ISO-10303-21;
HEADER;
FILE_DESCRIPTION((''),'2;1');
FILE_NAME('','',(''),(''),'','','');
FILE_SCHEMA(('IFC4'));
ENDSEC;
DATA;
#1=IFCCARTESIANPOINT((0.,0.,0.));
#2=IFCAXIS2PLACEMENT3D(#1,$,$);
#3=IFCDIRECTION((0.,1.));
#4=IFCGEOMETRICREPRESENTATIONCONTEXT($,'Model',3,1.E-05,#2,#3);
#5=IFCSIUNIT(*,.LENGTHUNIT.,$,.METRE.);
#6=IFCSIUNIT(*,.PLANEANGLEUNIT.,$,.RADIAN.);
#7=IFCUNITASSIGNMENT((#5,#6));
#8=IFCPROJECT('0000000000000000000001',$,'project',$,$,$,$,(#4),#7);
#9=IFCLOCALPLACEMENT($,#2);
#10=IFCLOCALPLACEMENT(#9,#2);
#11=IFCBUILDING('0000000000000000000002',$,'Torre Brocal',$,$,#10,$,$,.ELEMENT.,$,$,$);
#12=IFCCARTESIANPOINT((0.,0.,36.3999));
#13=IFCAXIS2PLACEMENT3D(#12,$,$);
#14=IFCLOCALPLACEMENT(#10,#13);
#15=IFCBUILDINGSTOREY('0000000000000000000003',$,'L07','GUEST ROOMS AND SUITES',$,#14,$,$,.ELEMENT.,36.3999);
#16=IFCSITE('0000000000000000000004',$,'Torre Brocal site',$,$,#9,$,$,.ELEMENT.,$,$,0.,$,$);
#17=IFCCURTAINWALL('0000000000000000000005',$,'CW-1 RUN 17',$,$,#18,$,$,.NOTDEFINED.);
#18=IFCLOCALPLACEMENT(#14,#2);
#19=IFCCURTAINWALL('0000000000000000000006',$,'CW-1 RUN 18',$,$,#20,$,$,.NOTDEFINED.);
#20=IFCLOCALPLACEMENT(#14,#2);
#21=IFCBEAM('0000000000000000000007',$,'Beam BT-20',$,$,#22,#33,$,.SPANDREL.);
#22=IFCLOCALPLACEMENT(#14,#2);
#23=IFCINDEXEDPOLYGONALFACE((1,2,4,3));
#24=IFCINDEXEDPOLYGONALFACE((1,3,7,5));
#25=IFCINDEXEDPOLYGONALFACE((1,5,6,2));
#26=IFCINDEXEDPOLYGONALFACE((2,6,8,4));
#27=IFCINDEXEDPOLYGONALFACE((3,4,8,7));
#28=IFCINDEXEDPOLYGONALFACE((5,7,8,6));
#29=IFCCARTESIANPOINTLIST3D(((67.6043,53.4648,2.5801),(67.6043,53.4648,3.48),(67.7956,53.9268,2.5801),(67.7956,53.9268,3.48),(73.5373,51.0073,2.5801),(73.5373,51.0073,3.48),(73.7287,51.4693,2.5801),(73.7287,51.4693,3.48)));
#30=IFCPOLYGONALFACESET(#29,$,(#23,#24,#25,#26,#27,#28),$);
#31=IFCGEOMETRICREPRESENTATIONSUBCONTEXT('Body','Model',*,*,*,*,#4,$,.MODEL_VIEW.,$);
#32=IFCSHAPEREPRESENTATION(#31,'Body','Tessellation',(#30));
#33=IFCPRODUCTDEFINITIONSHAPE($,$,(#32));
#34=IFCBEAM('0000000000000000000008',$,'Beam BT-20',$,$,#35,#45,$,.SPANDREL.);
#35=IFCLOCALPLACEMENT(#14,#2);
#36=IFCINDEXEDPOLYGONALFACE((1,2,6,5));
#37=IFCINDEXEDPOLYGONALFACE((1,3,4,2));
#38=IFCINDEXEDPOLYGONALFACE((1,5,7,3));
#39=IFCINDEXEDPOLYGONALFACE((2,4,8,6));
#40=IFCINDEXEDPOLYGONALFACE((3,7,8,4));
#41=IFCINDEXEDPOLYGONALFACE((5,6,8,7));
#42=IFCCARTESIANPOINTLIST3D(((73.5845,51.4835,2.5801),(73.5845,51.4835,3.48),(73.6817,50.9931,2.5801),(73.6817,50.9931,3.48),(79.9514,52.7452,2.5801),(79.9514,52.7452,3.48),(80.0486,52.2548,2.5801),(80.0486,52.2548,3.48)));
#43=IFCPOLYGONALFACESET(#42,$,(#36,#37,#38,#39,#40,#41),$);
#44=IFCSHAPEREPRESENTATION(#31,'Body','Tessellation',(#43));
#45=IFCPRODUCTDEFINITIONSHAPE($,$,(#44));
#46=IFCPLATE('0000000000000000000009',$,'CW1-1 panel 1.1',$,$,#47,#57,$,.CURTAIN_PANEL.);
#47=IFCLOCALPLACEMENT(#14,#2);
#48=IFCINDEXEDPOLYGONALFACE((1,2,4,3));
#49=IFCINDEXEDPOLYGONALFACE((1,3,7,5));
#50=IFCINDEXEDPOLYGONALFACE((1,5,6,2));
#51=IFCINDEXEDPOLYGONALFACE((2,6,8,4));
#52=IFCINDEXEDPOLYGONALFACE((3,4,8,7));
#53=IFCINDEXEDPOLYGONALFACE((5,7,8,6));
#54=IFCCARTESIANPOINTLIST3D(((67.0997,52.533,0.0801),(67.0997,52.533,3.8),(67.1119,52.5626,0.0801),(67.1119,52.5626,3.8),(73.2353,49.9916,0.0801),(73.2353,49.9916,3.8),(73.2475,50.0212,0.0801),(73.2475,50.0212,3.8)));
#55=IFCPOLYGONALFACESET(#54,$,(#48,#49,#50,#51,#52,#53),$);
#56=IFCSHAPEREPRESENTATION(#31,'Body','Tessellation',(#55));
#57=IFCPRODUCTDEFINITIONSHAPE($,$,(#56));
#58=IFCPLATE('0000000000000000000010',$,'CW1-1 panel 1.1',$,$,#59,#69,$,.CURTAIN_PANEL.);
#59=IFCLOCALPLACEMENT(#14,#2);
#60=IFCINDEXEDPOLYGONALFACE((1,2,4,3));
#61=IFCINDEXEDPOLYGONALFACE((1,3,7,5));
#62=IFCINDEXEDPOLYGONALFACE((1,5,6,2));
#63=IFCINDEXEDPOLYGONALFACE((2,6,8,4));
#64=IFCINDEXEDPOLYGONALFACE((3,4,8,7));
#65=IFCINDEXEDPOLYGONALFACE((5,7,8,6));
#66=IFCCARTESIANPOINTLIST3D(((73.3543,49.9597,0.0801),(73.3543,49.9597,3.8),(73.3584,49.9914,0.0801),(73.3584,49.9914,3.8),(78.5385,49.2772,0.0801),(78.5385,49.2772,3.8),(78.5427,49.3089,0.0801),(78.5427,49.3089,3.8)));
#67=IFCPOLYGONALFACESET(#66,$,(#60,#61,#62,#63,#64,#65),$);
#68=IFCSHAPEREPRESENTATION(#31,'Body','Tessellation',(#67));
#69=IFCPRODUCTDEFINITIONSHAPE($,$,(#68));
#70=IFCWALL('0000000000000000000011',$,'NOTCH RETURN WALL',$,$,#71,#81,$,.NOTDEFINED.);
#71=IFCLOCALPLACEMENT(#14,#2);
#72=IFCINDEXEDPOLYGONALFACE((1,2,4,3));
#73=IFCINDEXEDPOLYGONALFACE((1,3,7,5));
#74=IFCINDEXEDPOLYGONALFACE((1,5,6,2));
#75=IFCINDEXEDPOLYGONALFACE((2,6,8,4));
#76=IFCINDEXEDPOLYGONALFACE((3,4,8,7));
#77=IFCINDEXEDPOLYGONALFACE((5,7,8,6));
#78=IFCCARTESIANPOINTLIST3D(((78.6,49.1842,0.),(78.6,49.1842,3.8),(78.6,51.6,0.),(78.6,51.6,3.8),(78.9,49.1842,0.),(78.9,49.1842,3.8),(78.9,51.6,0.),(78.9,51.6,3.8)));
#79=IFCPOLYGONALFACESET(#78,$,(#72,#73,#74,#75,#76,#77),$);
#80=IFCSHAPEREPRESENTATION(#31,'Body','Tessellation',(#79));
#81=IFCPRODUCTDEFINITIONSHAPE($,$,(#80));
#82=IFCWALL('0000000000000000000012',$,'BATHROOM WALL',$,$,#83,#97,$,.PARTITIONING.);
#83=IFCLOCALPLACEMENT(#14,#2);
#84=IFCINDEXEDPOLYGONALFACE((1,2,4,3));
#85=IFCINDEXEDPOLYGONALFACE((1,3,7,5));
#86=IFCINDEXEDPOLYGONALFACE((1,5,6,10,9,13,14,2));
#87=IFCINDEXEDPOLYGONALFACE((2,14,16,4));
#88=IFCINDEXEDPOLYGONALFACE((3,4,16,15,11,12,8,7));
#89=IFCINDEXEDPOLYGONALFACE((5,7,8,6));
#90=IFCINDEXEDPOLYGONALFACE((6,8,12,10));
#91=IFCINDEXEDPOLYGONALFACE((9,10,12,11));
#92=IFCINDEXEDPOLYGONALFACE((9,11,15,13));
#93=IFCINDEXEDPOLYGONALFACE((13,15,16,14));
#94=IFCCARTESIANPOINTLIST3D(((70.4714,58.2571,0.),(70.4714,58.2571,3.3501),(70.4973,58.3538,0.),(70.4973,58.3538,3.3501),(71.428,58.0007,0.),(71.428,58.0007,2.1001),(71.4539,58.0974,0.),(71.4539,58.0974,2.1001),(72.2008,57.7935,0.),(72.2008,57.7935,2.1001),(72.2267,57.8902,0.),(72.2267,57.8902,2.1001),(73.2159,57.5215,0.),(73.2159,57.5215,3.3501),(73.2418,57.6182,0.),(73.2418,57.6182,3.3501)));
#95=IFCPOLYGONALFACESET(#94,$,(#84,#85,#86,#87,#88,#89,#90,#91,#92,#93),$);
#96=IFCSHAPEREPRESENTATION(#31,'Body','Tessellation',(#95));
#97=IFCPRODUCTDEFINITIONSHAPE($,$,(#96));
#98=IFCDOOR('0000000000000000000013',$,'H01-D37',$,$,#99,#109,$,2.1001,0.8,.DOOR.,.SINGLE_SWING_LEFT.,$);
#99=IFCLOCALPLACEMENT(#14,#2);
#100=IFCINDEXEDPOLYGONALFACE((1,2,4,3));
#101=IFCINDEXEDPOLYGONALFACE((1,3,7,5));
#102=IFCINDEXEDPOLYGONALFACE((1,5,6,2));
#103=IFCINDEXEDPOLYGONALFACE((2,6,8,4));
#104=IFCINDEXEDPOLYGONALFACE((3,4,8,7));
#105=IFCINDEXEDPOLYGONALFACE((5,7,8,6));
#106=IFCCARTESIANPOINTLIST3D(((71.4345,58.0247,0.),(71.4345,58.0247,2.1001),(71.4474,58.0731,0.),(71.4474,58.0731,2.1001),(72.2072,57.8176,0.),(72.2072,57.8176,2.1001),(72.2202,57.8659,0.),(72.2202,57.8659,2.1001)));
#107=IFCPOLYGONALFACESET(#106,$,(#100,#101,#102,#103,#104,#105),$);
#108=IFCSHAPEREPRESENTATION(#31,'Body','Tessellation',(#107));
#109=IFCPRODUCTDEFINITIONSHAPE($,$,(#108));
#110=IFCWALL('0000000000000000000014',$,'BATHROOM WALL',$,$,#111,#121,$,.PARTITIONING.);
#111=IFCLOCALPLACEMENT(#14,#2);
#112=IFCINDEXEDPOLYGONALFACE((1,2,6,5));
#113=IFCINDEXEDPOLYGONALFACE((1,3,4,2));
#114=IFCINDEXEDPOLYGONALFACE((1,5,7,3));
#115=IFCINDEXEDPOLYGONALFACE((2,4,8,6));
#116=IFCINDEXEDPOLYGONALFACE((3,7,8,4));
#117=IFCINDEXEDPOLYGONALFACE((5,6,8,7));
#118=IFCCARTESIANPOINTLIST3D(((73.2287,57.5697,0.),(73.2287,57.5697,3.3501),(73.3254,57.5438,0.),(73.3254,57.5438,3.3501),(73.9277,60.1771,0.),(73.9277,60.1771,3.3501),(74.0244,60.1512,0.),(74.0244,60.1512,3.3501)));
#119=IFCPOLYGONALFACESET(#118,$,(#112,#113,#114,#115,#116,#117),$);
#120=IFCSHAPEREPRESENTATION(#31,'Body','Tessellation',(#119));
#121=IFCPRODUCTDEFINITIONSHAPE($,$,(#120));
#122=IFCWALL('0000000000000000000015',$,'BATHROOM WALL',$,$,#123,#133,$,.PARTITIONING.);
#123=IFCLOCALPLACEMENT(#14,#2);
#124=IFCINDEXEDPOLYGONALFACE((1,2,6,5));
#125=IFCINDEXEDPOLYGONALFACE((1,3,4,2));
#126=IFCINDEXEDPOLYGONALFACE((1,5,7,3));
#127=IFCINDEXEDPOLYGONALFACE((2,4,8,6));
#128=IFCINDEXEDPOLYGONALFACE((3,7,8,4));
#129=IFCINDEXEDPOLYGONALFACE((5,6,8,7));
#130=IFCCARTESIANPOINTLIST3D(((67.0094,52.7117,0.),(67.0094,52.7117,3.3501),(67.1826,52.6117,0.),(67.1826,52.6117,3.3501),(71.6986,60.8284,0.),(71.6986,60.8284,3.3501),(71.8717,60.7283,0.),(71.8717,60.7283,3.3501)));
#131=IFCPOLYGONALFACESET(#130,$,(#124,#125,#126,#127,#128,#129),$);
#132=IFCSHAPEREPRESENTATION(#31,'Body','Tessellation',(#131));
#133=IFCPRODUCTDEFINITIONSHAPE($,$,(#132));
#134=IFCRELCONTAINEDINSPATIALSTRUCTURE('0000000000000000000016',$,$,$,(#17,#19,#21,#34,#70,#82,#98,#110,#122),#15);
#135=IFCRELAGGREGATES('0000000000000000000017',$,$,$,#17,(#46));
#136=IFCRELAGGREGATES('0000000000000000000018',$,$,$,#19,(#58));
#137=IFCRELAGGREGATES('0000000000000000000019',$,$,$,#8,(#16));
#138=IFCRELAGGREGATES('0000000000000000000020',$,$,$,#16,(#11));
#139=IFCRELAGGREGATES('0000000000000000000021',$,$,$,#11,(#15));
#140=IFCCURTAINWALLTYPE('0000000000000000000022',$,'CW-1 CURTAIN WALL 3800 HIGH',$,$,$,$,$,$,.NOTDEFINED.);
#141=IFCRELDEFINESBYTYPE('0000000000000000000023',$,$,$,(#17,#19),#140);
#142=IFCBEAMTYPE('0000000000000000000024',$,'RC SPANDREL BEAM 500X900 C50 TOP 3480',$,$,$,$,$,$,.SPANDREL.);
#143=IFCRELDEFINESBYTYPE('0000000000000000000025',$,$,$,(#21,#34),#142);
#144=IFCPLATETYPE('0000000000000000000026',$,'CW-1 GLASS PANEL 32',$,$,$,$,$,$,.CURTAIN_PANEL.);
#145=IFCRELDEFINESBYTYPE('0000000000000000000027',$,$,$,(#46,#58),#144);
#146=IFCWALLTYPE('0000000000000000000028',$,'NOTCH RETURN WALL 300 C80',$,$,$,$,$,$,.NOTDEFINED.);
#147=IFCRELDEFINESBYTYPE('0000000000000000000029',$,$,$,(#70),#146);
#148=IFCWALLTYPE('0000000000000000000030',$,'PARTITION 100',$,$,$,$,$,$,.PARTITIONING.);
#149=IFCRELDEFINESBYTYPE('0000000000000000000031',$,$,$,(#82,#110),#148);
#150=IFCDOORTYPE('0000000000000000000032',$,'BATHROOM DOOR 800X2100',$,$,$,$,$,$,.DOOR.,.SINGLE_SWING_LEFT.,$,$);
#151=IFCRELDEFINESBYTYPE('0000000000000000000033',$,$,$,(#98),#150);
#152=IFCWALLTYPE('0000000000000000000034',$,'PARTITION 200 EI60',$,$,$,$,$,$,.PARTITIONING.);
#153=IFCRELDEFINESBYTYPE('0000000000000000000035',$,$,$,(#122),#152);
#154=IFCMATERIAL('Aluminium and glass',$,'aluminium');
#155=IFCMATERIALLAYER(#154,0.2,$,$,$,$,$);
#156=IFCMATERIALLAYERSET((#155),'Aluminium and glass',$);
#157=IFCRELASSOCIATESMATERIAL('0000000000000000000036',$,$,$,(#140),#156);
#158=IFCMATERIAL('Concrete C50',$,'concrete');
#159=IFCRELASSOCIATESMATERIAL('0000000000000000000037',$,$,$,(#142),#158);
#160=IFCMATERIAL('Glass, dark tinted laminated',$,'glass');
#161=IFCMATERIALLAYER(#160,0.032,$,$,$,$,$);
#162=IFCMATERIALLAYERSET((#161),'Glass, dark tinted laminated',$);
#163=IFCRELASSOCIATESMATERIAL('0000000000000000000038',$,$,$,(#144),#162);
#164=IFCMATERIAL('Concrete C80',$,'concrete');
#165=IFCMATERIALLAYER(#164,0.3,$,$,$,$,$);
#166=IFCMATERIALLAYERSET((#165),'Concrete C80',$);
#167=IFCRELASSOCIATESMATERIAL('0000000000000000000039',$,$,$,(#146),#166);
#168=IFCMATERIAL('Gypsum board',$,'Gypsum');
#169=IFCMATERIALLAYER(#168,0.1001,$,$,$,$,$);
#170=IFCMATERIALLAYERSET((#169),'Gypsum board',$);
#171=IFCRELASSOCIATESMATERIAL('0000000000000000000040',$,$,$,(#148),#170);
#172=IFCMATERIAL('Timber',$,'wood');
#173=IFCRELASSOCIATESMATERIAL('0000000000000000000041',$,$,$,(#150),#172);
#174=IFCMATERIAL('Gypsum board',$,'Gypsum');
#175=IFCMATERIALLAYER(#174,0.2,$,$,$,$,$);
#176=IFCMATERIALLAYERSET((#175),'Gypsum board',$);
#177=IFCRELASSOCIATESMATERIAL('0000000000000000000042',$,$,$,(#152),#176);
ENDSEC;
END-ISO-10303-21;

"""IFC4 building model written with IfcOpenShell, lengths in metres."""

from ifc_helpers import new_model, si_unit, direction, frame, frame_2d, origin, origin_2d, place, context, subcontext, project, spatial, rectangle, extrude, material, layer, layer_set, material_profile, profile_set, type_object, element, fill, aggregate, save


model = new_model("IFC4")

# Units and contexts
model_context = context("Model", 3, precision=1e-05, world=origin(), true_north=direction((0.0, 1.0)))
body_context = subcontext(model_context, "Body", "Model", "MODEL_VIEW")
ifc_project = project(units=[si_unit("LENGTHUNIT", "METRE"), si_unit("PLANEANGLEUNIT", "RADIAN")], contexts=[model_context])

# Site, building, storey
site_placement = place(None, origin())
site = spatial("IfcSite", under=ifc_project, at=site_placement, Name="Torre Brocal site", CompositionType="ELEMENT", RefElevation=0.0)
building_placement = place(site_placement, origin())
building = spatial("IfcBuilding", under=site, at=building_placement, Name="Torre Brocal", CompositionType="ELEMENT")
storey_placement = place(building_placement, frame((0.0, 0.0, 36.3999)))
storey = spatial("IfcBuildingStorey", under=building, at=storey_placement, Name="L07", Description="GUEST ROOMS AND SUITES", CompositionType="ELEMENT", Elevation=36.3999)

# Shared definitions
ifc_material_1 = material(Name="Aluminium and glass", Category="aluminium")
ifc_layer_1 = layer(ifc_material_1, 0.2)
ifc_layer_set_1 = layer_set([ifc_layer_1], Name="Aluminium and glass")
curtain_wall_type = type_object("IfcCurtainWallType", Name="CW-1 CURTAIN WALL 3800 HIGH", PredefinedType="NOTDEFINED", material=ifc_layer_set_1)

# Curtain walls
curtain_wall_1_placement = place(storey_placement, origin())
curtain_wall_1 = element("IfcCurtainWall", 1, at=curtain_wall_1_placement, inside=storey, type_object=curtain_wall_type, Name="CW-1 RUN 17", PredefinedType="NOTDEFINED")
curtain_wall_2_placement = place(storey_placement, origin())
curtain_wall_2 = element("IfcCurtainWall", 2, at=curtain_wall_2_placement, inside=storey, type_object=curtain_wall_type, Name="CW-1 RUN 18", PredefinedType="NOTDEFINED")

# Beams
ifc_material_2 = material(Name="Concrete C50", Category="concrete")
ifc_material_profile_1 = material_profile(ifc_material_2, rectangle(XDim=0.5, YDim=0.8999, at=origin_2d()), Name="RC 500X900")
ifc_profile_set_1 = profile_set([ifc_material_profile_1], Name="Concrete C50")
beam_type_1 = type_object("IfcBeamType", Name="RC SPANDREL BEAM 500X900 C50 TOP 3480", PredefinedType="SPANDREL", material=ifc_profile_set_1)
beam_1_placement = place(storey_placement, frame((67.7, 53.6958, 3.03), z_axis=(0.923882, -0.382676, 0.0), x_axis=(0.382676, 0.923882, 0.0)))
element("IfcBeam", 3, at=beam_1_placement, inside=storey, type_object=beam_type_1, Name="Beam BT-20", PredefinedType="SPANDREL", context=body_context, shape_type="SweptSolid", body=[
    extrude(rectangle(XDim=0.5, YDim=0.8999, at=origin_2d()), origin(), (0.0, 0.0, 1.0), 6.4219),
])
beam_2_placement = place(storey_placement, frame((73.6331, 51.2383, 3.03), z_axis=(0.980925, 0.194387, 0.0), x_axis=(-0.194387, 0.980925, 0.0)))
element("IfcBeam", 4, at=beam_2_placement, inside=storey, type_object=beam_type_1, Name="Beam BT-20", PredefinedType="SPANDREL", context=body_context, shape_type="SweptSolid", body=[
    extrude(rectangle(XDim=0.5, YDim=0.8999, at=origin_2d()), origin(), (0.0, 0.0, 1.0), 6.4907),
])

# Plates
ifc_material_3 = material(Name="Glass, dark tinted laminated", Category="glass")
ifc_layer_2 = layer(ifc_material_3, 0.032)
ifc_layer_set_2 = layer_set([ifc_layer_2], Name="Glass, dark tinted laminated")
plate_type = type_object("IfcPlateType", Name="CW-1 GLASS PANEL 32", PredefinedType="CURTAIN_PANEL", material=ifc_layer_set_2)
plate_1_placement = place(storey_placement, frame((70.1736, 51.2771, 0.0801), z_axis=(0.0, 0.0, 1.0), x_axis=(0.92388, -0.382683, 0.0)))
plate_1 = element("IfcPlate", 5, at=plate_1_placement, type_object=plate_type, Name="CW1-1 panel 1.1", PredefinedType="CURTAIN_PANEL", context=body_context, shape_type="SweptSolid", body=[
    extrude(rectangle(XDim=6.6411, YDim=0.032, at=origin_2d()), origin(), (0.0, 0.0, 1.0), 3.72),
])
aggregate(curtain_wall_1, [plate_1])
plate_2_placement = place(storey_placement, frame((75.9485, 49.6343, 0.0801), z_axis=(0.0, 0.0, 1.0), x_axis=(0.991445, -0.130526, 0.0)))
plate_2 = element("IfcPlate", 6, at=plate_2_placement, type_object=plate_type, Name="CW1-1 panel 1.1", PredefinedType="CURTAIN_PANEL", context=body_context, shape_type="SweptSolid", body=[
    extrude(rectangle(XDim=5.229, YDim=0.032, at=origin_2d()), origin(), (0.0, 0.0, 1.0), 3.72),
])
aggregate(curtain_wall_2, [plate_2])

# Wall
ifc_material_4 = material(Name="Concrete C80", Category="concrete")
ifc_layer_3 = layer(ifc_material_4, 0.3)
ifc_layer_set_3 = layer_set([ifc_layer_3], Name="Concrete C80")
wall_type_1 = type_object("IfcWallType", Name="NOTCH RETURN WALL 300 C80", PredefinedType="NOTDEFINED", material=ifc_layer_set_3)
wall_1_placement = place(storey_placement, frame((78.75, 51.6001, 0.0), z_axis=(0.0, 0.0, 1.0), x_axis=(0.0, -1.0, 0.0)))
element("IfcWall", 7, at=wall_1_placement, inside=storey, type_object=wall_type_1, Name="NOTCH RETURN WALL", PredefinedType="NOTDEFINED", context=body_context, shape_type="SweptSolid", body=[
    extrude(rectangle(XDim=2.4158, YDim=0.3, at=frame_2d((1.208, 0.0))), origin(), (0.0, 0.0, 1.0), 3.8),
])

# Wall, opening, door
ifc_material_5 = material(Name="Gypsum board", Category="Gypsum")
ifc_layer_4 = layer(ifc_material_5, 0.1001)
ifc_layer_set_4 = layer_set([ifc_layer_4], Name="Gypsum board")
wall_type_2 = type_object("IfcWallType", Name="PARTITION 100", PredefinedType="PARTITIONING", material=ifc_layer_set_4)
wall_2_placement = place(storey_placement, frame((70.4844, 58.3054, 0.0), z_axis=(0.0, 0.0, 1.0), x_axis=(0.965905, -0.258898, 0.0)))
wall_2 = element("IfcWall", 8, at=wall_2_placement, inside=storey, type_object=wall_type_2, Name="BATHROOM WALL", PredefinedType="PARTITIONING", context=body_context, shape_type="SweptSolid", body=[
    extrude(rectangle(XDim=2.8413, YDim=0.1001, at=frame_2d((1.4207, 0.0))), origin(), (0.0, 0.0, 1.0), 3.3501),
])
opening_1_placement = place(wall_2_placement, frame((0.9905, 0.0, 0.0)))
opening_1 = element("IfcOpeningElement", 9, at=opening_1_placement, cuts=wall_2, PredefinedType="OPENING", context=body_context, shape_type="SweptSolid", body=[
    extrude(rectangle(XDim=0.8, YDim=2.1001, at=frame_2d((0.3999, 1.05))), frame((0.0, 0.0601, 0.0), z_axis=(0.0, -1.0, 0.0), x_axis=(1.0, 0.0, 0.0)), (0.0, 0.0, 1.0), 0.1201),
])
ifc_material_6 = material(Name="Timber", Category="wood")
door_type_1 = type_object("IfcDoorType", Name="BATHROOM DOOR 800X2100", OperationType="SINGLE_SWING_LEFT", PredefinedType="DOOR", material=ifc_material_6)
door_1_placement = place(opening_1_placement, origin())
door_1 = element("IfcDoor", 10, at=door_1_placement, inside=storey, type_object=door_type_1, Name="H01-D37", OperationType="SINGLE_SWING_LEFT", OverallHeight=2.1001, OverallWidth=0.8, PredefinedType="DOOR", context=body_context, shape_type="SweptSolid", body=[
    extrude(rectangle(XDim=0.8, YDim=2.1001, at=frame_2d((0.3999, 1.05))), frame((0.0, 0.0249, 0.0), z_axis=(0.0, -1.0, 0.0), x_axis=(1.0, 0.0, 0.0)), (0.0, 0.0, 1.0), 0.05),
])
fill(opening_1, door_1)

# Walls
wall_3_placement = place(storey_placement, frame((73.2771, 57.5569, 0.0), z_axis=(0.0, 0.0, 1.0), x_axis=(0.258929, 0.965896, 0.0)))
element("IfcWall", 11, at=wall_3_placement, inside=storey, type_object=wall_type_2, Name="BATHROOM WALL", PredefinedType="PARTITIONING", context=body_context, shape_type="SweptSolid", body=[
    extrude(rectangle(XDim=2.6995, YDim=0.1001, at=frame_2d((1.3496, 0.0))), origin(), (0.0, 0.0, 1.0), 3.3501),
])
ifc_material_7 = material(Name="Gypsum board", Category="Gypsum")
ifc_layer_5 = layer(ifc_material_7, 0.2)
ifc_layer_set_5 = layer_set([ifc_layer_5], Name="Gypsum board")
wall_type_3 = type_object("IfcWallType", Name="PARTITION 200 EI60", PredefinedType="PARTITIONING", material=ifc_layer_set_5)
wall_4_placement = place(storey_placement, frame((67.0959, 52.6616, 0.0), z_axis=(0.0, 0.0, 1.0), x_axis=(0.500242, 0.865885, 0.0)))
element("IfcWall", 12, at=wall_4_placement, inside=storey, type_object=wall_type_3, Name="BATHROOM WALL", PredefinedType="PARTITIONING", context=body_context, shape_type="SweptSolid", body=[
    extrude(rectangle(XDim=9.3738, YDim=0.2, at=frame_2d((4.687, 0.0))), origin(), (0.0, 0.0, 1.0), 3.3501),
])

save(model, "model.ifc")
